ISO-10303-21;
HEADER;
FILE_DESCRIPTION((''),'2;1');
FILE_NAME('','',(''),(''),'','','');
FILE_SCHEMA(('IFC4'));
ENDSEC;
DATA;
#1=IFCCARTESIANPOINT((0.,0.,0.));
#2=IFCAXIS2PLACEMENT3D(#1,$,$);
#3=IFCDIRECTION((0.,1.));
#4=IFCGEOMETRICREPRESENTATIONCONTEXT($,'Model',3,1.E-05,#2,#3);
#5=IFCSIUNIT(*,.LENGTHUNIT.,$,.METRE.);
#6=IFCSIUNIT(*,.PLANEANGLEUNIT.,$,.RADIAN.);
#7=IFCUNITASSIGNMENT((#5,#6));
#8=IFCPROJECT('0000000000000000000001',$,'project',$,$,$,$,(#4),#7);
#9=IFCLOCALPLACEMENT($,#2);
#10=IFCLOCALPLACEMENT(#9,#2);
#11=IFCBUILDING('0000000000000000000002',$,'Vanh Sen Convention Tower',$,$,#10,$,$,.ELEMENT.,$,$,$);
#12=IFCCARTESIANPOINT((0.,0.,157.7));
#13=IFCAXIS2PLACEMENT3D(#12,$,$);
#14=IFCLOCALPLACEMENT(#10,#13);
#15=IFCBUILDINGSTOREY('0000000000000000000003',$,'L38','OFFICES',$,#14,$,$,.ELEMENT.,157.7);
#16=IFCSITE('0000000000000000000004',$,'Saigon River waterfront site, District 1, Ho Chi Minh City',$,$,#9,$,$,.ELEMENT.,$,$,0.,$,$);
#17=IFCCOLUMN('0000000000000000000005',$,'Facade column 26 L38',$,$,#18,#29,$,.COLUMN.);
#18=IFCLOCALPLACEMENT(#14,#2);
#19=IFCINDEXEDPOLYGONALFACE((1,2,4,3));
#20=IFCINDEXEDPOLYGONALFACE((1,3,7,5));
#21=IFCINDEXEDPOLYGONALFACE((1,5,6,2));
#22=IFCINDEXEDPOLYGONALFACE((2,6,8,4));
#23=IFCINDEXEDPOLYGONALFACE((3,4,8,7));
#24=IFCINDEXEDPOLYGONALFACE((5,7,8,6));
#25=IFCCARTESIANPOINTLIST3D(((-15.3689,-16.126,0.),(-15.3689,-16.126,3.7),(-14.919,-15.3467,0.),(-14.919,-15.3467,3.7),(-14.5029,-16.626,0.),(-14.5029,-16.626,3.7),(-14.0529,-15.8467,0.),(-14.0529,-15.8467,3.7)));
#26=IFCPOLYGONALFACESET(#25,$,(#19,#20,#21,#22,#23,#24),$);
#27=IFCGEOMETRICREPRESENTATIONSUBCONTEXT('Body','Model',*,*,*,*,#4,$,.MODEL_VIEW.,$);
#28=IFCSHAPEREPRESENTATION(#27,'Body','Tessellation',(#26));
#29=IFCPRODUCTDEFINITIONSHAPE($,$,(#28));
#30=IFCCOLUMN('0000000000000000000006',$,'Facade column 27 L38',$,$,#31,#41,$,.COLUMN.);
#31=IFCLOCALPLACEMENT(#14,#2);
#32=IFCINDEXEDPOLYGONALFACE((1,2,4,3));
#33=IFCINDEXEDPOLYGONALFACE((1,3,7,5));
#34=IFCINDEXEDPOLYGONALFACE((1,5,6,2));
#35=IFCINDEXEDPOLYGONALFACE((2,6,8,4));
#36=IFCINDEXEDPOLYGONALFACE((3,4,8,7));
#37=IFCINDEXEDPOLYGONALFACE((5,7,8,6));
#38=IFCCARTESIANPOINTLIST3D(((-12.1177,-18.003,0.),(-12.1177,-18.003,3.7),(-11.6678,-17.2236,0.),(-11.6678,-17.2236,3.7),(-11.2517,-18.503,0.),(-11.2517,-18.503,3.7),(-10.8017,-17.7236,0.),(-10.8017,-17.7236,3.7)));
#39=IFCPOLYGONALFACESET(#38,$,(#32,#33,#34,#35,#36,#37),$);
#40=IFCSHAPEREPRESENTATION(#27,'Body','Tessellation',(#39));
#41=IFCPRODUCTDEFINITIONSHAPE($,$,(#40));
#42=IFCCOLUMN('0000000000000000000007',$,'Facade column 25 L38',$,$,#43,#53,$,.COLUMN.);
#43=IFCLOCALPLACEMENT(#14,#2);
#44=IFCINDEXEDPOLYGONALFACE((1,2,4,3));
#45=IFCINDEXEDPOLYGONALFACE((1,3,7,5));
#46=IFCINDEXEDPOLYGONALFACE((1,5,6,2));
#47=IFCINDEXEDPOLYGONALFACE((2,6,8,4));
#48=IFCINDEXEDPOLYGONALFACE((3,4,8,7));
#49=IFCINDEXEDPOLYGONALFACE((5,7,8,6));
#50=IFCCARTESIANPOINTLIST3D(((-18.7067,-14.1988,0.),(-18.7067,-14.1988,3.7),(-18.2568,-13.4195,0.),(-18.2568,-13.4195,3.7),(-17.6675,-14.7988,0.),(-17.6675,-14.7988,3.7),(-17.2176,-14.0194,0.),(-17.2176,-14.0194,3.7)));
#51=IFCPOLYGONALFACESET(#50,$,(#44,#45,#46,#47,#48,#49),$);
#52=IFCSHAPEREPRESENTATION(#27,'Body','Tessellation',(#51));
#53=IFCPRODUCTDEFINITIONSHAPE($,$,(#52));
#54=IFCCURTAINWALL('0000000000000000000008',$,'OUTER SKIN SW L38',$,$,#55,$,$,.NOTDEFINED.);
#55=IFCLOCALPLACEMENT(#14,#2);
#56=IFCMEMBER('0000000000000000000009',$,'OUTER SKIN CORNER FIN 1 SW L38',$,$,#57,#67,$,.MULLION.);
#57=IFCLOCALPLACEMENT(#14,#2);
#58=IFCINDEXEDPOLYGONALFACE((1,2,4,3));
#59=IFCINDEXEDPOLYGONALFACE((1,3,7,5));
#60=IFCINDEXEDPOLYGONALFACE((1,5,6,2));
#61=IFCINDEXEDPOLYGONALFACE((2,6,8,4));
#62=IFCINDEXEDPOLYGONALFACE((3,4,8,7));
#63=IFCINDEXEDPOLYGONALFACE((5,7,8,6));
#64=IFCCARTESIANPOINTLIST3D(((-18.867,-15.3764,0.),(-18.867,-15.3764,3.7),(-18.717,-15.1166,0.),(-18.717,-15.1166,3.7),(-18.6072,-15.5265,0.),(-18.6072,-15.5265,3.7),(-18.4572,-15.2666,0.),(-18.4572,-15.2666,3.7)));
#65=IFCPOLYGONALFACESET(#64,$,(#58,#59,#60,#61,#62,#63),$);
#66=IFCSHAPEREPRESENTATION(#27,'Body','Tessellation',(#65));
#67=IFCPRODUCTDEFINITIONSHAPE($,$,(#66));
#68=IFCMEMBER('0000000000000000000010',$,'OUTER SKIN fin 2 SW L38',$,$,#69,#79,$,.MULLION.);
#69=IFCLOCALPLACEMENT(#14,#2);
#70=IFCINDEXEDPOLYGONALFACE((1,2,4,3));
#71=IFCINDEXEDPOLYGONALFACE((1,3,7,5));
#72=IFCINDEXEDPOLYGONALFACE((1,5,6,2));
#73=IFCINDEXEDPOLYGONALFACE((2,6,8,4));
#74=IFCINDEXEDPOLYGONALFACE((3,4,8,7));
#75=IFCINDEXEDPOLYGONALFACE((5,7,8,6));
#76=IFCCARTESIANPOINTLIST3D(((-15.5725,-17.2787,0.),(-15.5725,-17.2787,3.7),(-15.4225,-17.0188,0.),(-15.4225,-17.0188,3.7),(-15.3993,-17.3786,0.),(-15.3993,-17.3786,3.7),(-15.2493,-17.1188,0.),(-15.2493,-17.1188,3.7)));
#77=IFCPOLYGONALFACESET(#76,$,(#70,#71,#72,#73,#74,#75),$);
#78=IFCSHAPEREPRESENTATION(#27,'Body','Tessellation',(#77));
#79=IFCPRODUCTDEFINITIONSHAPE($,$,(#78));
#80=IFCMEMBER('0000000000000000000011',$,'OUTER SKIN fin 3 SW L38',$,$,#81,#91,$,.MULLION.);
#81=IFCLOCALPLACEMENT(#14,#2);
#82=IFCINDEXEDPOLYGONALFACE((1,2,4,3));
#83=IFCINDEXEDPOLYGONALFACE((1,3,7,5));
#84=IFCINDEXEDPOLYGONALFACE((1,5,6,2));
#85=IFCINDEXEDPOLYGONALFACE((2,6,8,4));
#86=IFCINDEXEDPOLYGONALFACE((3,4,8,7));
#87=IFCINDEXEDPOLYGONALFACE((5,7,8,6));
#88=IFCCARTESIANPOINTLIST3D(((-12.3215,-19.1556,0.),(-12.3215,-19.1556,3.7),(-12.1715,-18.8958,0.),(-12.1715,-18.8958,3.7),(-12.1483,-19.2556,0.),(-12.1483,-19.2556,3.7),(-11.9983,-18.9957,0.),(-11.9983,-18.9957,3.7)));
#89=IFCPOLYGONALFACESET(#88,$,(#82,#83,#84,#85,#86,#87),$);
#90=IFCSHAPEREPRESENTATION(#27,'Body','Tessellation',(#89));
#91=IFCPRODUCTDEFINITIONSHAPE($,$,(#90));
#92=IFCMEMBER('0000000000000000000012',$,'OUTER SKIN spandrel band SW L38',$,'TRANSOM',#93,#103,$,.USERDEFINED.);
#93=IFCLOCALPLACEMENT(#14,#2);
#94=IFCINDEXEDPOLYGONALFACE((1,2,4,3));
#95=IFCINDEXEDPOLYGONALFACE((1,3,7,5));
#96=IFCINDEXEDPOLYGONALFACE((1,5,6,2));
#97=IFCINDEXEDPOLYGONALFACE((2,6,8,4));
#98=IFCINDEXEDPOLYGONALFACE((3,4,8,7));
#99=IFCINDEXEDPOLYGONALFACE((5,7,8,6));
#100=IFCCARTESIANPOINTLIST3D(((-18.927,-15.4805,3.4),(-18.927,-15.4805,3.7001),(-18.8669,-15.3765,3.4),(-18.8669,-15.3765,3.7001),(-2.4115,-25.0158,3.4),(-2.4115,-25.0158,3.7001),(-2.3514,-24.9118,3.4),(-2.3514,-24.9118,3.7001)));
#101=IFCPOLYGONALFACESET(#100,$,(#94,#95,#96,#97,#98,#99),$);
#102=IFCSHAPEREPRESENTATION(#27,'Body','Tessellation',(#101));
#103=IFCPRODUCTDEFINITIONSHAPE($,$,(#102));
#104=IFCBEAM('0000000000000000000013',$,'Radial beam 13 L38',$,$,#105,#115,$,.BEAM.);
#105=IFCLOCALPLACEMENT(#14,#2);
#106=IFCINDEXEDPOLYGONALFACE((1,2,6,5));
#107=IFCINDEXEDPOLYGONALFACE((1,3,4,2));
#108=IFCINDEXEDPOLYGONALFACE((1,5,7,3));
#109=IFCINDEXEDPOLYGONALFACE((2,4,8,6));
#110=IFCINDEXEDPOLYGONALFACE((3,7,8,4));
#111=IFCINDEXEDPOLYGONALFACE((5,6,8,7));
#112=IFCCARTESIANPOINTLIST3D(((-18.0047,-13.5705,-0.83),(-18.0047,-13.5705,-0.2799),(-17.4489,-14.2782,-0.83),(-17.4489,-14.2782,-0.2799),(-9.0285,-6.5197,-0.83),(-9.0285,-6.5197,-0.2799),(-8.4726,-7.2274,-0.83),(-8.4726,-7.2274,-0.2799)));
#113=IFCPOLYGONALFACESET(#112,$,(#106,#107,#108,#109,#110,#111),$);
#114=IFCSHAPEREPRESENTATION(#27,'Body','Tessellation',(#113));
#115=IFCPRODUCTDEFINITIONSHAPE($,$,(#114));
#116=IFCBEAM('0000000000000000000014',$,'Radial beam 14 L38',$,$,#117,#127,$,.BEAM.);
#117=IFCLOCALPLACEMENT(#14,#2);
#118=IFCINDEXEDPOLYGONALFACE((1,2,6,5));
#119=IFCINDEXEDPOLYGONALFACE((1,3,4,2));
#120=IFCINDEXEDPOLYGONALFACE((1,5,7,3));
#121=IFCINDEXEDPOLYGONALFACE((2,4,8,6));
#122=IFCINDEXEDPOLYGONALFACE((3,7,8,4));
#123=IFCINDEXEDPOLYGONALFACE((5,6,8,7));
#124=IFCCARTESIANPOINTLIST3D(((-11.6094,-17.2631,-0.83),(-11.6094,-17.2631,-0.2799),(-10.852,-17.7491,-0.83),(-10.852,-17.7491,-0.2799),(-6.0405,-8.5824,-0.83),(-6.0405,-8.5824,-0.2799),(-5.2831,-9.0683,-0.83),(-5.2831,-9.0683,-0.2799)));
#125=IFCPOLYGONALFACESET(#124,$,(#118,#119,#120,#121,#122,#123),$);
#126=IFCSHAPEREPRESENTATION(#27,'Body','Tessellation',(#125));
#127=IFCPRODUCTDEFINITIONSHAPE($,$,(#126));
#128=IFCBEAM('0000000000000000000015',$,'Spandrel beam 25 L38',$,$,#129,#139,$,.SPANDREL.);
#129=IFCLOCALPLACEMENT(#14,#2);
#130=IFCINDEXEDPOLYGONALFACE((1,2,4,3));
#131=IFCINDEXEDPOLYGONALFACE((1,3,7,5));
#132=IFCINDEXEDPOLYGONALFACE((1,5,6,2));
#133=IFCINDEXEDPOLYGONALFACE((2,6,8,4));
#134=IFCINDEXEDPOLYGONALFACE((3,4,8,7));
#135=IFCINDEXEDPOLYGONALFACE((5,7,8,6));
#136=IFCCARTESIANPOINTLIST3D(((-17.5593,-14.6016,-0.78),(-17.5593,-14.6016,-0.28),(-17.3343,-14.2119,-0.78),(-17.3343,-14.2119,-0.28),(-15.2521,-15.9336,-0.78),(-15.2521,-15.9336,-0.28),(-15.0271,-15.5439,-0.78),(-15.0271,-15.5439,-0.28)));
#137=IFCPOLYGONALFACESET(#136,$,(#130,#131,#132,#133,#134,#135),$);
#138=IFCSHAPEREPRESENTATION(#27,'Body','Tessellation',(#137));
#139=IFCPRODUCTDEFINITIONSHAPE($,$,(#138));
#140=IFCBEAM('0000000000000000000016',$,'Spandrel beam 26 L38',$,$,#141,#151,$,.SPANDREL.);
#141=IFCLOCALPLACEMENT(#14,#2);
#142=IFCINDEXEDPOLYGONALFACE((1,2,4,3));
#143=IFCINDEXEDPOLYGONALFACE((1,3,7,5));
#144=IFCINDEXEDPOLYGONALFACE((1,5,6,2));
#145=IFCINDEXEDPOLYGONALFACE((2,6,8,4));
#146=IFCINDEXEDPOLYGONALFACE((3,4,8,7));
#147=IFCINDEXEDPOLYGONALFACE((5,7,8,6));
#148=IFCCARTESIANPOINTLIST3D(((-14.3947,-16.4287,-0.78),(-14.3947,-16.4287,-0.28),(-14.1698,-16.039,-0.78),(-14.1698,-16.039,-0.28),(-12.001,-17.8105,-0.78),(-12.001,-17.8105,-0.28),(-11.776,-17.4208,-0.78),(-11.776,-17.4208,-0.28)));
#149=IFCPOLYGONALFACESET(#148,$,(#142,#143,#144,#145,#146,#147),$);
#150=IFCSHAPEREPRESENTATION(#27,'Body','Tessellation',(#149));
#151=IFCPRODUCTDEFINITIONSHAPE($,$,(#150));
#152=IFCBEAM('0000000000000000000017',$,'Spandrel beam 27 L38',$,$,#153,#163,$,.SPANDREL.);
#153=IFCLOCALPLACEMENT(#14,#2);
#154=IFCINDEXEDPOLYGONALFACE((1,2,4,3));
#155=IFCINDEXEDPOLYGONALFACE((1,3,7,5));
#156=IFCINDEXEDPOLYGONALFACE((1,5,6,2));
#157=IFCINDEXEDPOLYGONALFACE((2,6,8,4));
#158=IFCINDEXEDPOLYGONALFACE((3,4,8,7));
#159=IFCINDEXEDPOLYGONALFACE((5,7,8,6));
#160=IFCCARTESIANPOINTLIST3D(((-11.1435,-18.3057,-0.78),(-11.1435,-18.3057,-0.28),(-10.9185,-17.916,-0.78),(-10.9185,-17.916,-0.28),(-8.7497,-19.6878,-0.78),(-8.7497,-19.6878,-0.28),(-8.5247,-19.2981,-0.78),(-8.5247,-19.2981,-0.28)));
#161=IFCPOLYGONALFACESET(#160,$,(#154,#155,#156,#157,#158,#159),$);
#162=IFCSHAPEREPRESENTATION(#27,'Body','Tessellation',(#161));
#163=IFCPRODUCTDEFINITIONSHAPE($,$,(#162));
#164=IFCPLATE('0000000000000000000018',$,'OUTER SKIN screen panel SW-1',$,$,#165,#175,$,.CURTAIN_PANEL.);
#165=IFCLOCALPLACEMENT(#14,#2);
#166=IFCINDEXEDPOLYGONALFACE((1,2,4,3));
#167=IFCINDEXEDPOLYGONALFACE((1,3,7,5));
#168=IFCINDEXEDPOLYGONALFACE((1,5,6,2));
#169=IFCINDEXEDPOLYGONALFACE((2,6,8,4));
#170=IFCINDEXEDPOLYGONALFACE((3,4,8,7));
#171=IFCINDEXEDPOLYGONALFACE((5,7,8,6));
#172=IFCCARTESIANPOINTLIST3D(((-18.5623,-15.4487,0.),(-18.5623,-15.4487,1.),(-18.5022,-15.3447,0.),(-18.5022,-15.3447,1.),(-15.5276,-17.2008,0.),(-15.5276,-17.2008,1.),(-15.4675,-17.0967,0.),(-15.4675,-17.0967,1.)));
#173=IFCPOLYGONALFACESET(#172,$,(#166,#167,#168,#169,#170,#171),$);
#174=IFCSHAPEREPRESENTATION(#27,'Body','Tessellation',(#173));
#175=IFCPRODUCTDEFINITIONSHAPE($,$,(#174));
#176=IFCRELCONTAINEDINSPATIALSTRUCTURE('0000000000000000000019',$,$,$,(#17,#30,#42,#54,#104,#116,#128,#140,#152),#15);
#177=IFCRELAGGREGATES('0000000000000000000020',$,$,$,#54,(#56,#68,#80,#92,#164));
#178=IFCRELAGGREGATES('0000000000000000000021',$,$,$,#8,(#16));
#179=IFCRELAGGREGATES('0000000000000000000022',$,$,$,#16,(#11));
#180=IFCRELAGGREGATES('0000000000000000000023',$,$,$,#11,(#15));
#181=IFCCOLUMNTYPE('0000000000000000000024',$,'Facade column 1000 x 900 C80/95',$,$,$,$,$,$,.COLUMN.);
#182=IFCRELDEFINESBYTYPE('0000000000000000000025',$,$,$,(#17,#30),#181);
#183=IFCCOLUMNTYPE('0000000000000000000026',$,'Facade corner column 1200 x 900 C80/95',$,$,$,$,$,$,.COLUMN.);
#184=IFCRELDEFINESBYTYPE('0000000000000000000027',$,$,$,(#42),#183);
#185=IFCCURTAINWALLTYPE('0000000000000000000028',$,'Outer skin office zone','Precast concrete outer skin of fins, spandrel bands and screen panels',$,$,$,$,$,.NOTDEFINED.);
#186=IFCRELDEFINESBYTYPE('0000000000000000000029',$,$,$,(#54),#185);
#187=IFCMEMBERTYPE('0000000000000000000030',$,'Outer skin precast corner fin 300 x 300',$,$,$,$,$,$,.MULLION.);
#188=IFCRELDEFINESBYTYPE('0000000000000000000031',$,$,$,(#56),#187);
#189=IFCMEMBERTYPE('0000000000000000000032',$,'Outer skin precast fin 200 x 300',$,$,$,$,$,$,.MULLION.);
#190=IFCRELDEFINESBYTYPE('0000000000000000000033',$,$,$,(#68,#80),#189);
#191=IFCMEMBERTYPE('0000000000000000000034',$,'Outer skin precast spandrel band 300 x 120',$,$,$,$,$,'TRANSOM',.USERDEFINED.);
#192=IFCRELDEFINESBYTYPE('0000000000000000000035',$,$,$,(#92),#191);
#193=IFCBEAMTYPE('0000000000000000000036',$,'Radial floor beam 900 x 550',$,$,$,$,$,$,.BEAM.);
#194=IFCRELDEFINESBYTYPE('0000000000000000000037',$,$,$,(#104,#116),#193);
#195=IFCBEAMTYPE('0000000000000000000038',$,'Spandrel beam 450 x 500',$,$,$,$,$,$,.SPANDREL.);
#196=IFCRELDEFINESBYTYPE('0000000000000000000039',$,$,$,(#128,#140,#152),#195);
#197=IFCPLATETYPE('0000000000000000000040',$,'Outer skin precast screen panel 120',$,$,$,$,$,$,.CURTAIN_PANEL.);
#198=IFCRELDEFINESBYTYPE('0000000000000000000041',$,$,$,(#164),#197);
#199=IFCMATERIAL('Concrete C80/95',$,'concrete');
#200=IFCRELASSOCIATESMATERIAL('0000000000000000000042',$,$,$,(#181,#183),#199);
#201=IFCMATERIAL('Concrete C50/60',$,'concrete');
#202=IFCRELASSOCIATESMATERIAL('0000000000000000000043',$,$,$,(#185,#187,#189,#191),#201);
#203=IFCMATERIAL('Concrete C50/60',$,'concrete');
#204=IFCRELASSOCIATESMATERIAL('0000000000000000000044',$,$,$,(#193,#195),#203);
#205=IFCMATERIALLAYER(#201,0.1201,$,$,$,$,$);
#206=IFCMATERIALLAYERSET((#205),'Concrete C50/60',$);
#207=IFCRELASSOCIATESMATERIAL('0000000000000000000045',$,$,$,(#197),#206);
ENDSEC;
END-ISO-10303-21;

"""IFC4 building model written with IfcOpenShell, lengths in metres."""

from ifc_helpers import new_model, si_unit, direction, frame, origin, origin_2d, place, context, subcontext, project, spatial, rectangle, extrude, material, layer, layer_set, material_profile, profile_set, type_object, element, aggregate, save


model = new_model("IFC4")

# Units and contexts
model_context = context("Model", 3, precision=1e-05, world=origin(), true_north=direction((0.0, 1.0)))
body_context = subcontext(model_context, "Body", "Model", "MODEL_VIEW")
ifc_project = project(units=[si_unit("LENGTHUNIT", "METRE"), si_unit("PLANEANGLEUNIT", "RADIAN")], contexts=[model_context])

# Site, building, storey
site_placement = place(None, origin())
site = spatial("IfcSite", under=ifc_project, at=site_placement, Name="Saigon River waterfront site, District 1, Ho Chi Minh City", CompositionType="ELEMENT", RefElevation=0.0)
building_placement = place(site_placement, origin())
building = spatial("IfcBuilding", under=site, at=building_placement, Name="Vanh Sen Convention Tower", CompositionType="ELEMENT")
storey_placement = place(building_placement, frame((0.0, 0.0, 157.7)))
storey = spatial("IfcBuildingStorey", under=building, at=storey_placement, Name="L38", Description="OFFICES", CompositionType="ELEMENT", Elevation=157.7)

# Columns
ifc_material_1 = material(Name="Concrete C80/95", Category="concrete")
ifc_material_profile_1 = material_profile(ifc_material_1, rectangle(XDim=1.0, YDim=0.8999, at=origin_2d()), Name="RC 1000X900")
ifc_profile_set_1 = profile_set([ifc_material_profile_1], Name="Concrete C80/95")
column_type_1 = type_object("IfcColumnType", Name="Facade column 1000 x 900 C80/95", PredefinedType="COLUMN", material=ifc_profile_set_1)
for number, where, z_axis, x_axis, name in (
    (1, (-14.7109, -15.9863, 0.0), (0.0, 0.0, 1.0), (0.866025, -0.5, 0.0), "Facade column 26 L38"),
    (2, (-11.4597, -17.8633, 0.0), (0.0, 0.0, 1.0), (0.866025, -0.5, 0.0), "Facade column 27 L38"),
):
    element("IfcColumn", number, at=place(storey_placement, frame(where, z_axis=z_axis, x_axis=x_axis)), inside=storey, type_object=column_type_1, Name=name, PredefinedType="COLUMN", context=body_context, shape_type="SweptSolid", body=[
        extrude(rectangle(XDim=1.0, YDim=0.8999, at=origin_2d()), origin(), (0.0, 0.0, 1.0), 3.7),
    ])
ifc_material_profile_2 = material_profile(ifc_material_1, rectangle(XDim=1.2, YDim=0.8999, at=origin_2d()), Name="RC 1200X900")
ifc_profile_set_2 = profile_set([ifc_material_profile_2], Name="Concrete C80/95")
column_type_2 = type_object("IfcColumnType", Name="Facade corner column 1200 x 900 C80/95", PredefinedType="COLUMN", material=ifc_profile_set_2)
column_placement = place(storey_placement, frame((-17.9622, -14.1091, 0.0), z_axis=(0.0, 0.0, 1.0), x_axis=(0.866025, -0.5, 0.0)))
element("IfcColumn", 3, at=column_placement, inside=storey, type_object=column_type_2, Name="Facade column 25 L38", PredefinedType="COLUMN", context=body_context, shape_type="SweptSolid", body=[
    extrude(rectangle(XDim=1.2, YDim=0.8999, at=origin_2d()), origin(), (0.0, 0.0, 1.0), 3.7),
])

# Curtain wall, members
ifc_material_2 = material(Name="Concrete C50/60", Category="concrete")
curtain_wall_type = type_object("IfcCurtainWallType", Name="Outer skin office zone", Description="Precast concrete outer skin of fins, spandrel bands and screen panels", PredefinedType="NOTDEFINED", material=ifc_material_2)
curtain_wall_placement = place(storey_placement, origin())
curtain_wall = element("IfcCurtainWall", 4, at=curtain_wall_placement, inside=storey, type_object=curtain_wall_type, Name="OUTER SKIN SW L38", PredefinedType="NOTDEFINED")
ifc_material_profile_3 = material_profile(ifc_material_2, rectangle(XDim=0.3, YDim=0.3, at=origin_2d()), Name="Outer skin precast corner fin 300 x 300")
ifc_profile_set_3 = profile_set([ifc_material_profile_3], Name="Concrete C50/60")
member_type_1 = type_object("IfcMemberType", Name="Outer skin precast corner fin 300 x 300", PredefinedType="MULLION", material=ifc_profile_set_3)
member_1_placement = place(storey_placement, frame((-18.6621, -15.3215, 0.0), z_axis=(0.0, 0.0, 1.0), x_axis=(0.866025, -0.5, 0.0)))
member_1 = element("IfcMember", 5, at=member_1_placement, type_object=member_type_1, Name="OUTER SKIN CORNER FIN 1 SW L38", PredefinedType="MULLION", context=body_context, shape_type="SweptSolid", body=[
    extrude(rectangle(XDim=0.3, YDim=0.3, at=origin_2d()), origin(), (0.0, 0.0, 1.0), 3.7),
])
ifc_material_profile_4 = material_profile(ifc_material_2, rectangle(XDim=0.2, YDim=0.3, at=origin_2d()), Name="Outer skin precast fin 200 x 300")
ifc_profile_set_4 = profile_set([ifc_material_profile_4], Name="Concrete C50/60")
member_type_2 = type_object("IfcMemberType", Name="Outer skin precast fin 200 x 300", PredefinedType="MULLION", material=ifc_profile_set_4)
member_2_placement = place(storey_placement, frame((-15.4109, -17.1987, 0.0), z_axis=(0.0, 0.0, 1.0), x_axis=(0.866025, -0.5, 0.0)))
member_2 = element("IfcMember", 6, at=member_2_placement, type_object=member_type_2, Name="OUTER SKIN fin 2 SW L38", PredefinedType="MULLION", context=body_context, shape_type="SweptSolid", body=[
    extrude(rectangle(XDim=0.2, YDim=0.3, at=origin_2d()), origin(), (0.0, 0.0, 1.0), 3.7),
])
member_3_placement = place(storey_placement, frame((-12.1599, -19.0757, 0.0), z_axis=(0.0, 0.0, 1.0), x_axis=(0.866025, -0.5, 0.0)))
member_3 = element("IfcMember", 7, at=member_3_placement, type_object=member_type_2, Name="OUTER SKIN fin 3 SW L38", PredefinedType="MULLION", context=body_context, shape_type="SweptSolid", body=[
    extrude(rectangle(XDim=0.2, YDim=0.3, at=origin_2d()), origin(), (0.0, 0.0, 1.0), 3.7),
])
ifc_material_profile_5 = material_profile(ifc_material_2, rectangle(XDim=0.1201, YDim=0.3, at=origin_2d()), Name="Outer skin precast spandrel band 300 x 120")
ifc_profile_set_5 = profile_set([ifc_material_profile_5], Name="Concrete C50/60")
member_type_3 = type_object("IfcMemberType", Name="Outer skin precast spandrel band 300 x 120", ElementType="TRANSOM", PredefinedType="USERDEFINED", material=ifc_profile_set_5)
member_4_placement = place(storey_placement, frame((-18.897, -15.4285, 3.55), z_axis=(0.866023, -0.500004, 0.0), x_axis=(0.500004, 0.866023, 0.0)))
member_4 = element("IfcMember", 8, at=member_4_placement, type_object=member_type_3, Name="OUTER SKIN spandrel band SW L38", ObjectType="TRANSOM", PredefinedType="USERDEFINED", context=body_context, shape_type="SweptSolid", body=[
    extrude(rectangle(XDim=0.1201, YDim=0.3, at=origin_2d()), origin(), (0.0, 0.0, 1.0), 19.0706),
])

# Beams
ifc_material_3 = material(Name="Concrete C50/60", Category="concrete")
ifc_material_profile_6 = material_profile(ifc_material_3, rectangle(XDim=0.8999, YDim=0.55, at=origin_2d()), Name="RC 900X550")
ifc_profile_set_6 = profile_set([ifc_material_profile_6], Name="Concrete C50/60")
beam_type_1 = type_object("IfcBeamType", Name="Radial floor beam 900 x 550", PredefinedType="BEAM", material=ifc_profile_set_6)
beam_1_placement = place(storey_placement, frame((-17.7268, -13.9243, -0.5549), z_axis=(0.786405, 0.617711, 0.0), x_axis=(-0.617711, 0.786405, 0.0)))
element("IfcBeam", 9, at=beam_1_placement, inside=storey, type_object=beam_type_1, Name="Radial beam 13 L38", PredefinedType="BEAM", context=body_context, shape_type="SweptSolid", body=[
    extrude(rectangle(XDim=0.8999, YDim=0.55, at=origin_2d()), origin(), (0.0, 0.0, 1.0), 11.4143),
])
beam_2_placement = place(storey_placement, frame((-11.2307, -17.5061, -0.5549), z_axis=(0.539963, 0.841689, 0.0), x_axis=(-0.841689, 0.539963, 0.0)))
element("IfcBeam", 10, at=beam_2_placement, inside=storey, type_object=beam_type_1, Name="Radial beam 14 L38", PredefinedType="BEAM", context=body_context, shape_type="SweptSolid", body=[
    extrude(rectangle(XDim=0.8999, YDim=0.55, at=origin_2d()), origin(), (0.0, 0.0, 1.0), 10.3135),
])
ifc_material_profile_7 = material_profile(ifc_material_3, rectangle(XDim=0.45, YDim=0.5, at=origin_2d()), Name="RC 450X500")
ifc_profile_set_7 = profile_set([ifc_material_profile_7], Name="Concrete C50/60")
beam_type_2 = type_object("IfcBeamType", Name="Spandrel beam 450 x 500", PredefinedType="SPANDREL", material=ifc_profile_set_7)
beam_3_placement = place(storey_placement, frame((-17.4468, -14.4067, -0.53), z_axis=(0.866024, -0.500003, 0.0), x_axis=(0.500003, 0.866024, 0.0)))
element("IfcBeam", 11, at=beam_3_placement, inside=storey, type_object=beam_type_2, Name="Spandrel beam 25 L38", PredefinedType="SPANDREL", context=body_context, shape_type="SweptSolid", body=[
    extrude(rectangle(XDim=0.45, YDim=0.5, at=origin_2d()), origin(), (0.0, 0.0, 1.0), 2.6641),
])
beam_4_placement = place(storey_placement, frame((-14.2822, -16.2339, -0.53), z_axis=(0.866061, -0.499939, 0.0), x_axis=(0.499939, 0.866061, 0.0)))
element("IfcBeam", 12, at=beam_4_placement, inside=storey, type_object=beam_type_2, Name="Spandrel beam 26 L38", PredefinedType="SPANDREL", context=body_context, shape_type="SweptSolid", body=[
    extrude(rectangle(XDim=0.45, YDim=0.5, at=origin_2d()), origin(), (0.0, 0.0, 1.0), 2.7639),
])
beam_5_placement = place(storey_placement, frame((-11.031, -18.1108, -0.53), z_axis=(0.866022, -0.500005, 0.0), x_axis=(0.500005, 0.866022, 0.0)))
element("IfcBeam", 13, at=beam_5_placement, inside=storey, type_object=beam_type_2, Name="Spandrel beam 27 L38", PredefinedType="SPANDREL", context=body_context, shape_type="SweptSolid", body=[
    extrude(rectangle(XDim=0.45, YDim=0.5, at=origin_2d()), origin(), (0.0, 0.0, 1.0), 2.7642),
])

# Plate
ifc_layer_1 = layer(ifc_material_2, 0.1201)
ifc_layer_set_1 = layer_set([ifc_layer_1], Name="Concrete C50/60")
plate_type = type_object("IfcPlateType", Name="Outer skin precast screen panel 120", PredefinedType="CURTAIN_PANEL", material=ifc_layer_set_1)
plate_1_placement = place(storey_placement, frame((-17.0149, -16.2727, 0.0), z_axis=(0.0, 0.0, 1.0), x_axis=(0.866024, -0.500003, 0.0)))
plate_1 = element("IfcPlate", 14, at=plate_1_placement, type_object=plate_type, Name="OUTER SKIN screen panel SW-1", PredefinedType="CURTAIN_PANEL", context=body_context, shape_type="SweptSolid", body=[
    extrude(rectangle(XDim=3.5042, YDim=0.1201, at=origin_2d()), origin(), (0.0, 0.0, 1.0), 1.0),
])
aggregate(curtain_wall, [member_1, member_2, member_3, member_4, plate_1])

save(model, "model.ifc")
